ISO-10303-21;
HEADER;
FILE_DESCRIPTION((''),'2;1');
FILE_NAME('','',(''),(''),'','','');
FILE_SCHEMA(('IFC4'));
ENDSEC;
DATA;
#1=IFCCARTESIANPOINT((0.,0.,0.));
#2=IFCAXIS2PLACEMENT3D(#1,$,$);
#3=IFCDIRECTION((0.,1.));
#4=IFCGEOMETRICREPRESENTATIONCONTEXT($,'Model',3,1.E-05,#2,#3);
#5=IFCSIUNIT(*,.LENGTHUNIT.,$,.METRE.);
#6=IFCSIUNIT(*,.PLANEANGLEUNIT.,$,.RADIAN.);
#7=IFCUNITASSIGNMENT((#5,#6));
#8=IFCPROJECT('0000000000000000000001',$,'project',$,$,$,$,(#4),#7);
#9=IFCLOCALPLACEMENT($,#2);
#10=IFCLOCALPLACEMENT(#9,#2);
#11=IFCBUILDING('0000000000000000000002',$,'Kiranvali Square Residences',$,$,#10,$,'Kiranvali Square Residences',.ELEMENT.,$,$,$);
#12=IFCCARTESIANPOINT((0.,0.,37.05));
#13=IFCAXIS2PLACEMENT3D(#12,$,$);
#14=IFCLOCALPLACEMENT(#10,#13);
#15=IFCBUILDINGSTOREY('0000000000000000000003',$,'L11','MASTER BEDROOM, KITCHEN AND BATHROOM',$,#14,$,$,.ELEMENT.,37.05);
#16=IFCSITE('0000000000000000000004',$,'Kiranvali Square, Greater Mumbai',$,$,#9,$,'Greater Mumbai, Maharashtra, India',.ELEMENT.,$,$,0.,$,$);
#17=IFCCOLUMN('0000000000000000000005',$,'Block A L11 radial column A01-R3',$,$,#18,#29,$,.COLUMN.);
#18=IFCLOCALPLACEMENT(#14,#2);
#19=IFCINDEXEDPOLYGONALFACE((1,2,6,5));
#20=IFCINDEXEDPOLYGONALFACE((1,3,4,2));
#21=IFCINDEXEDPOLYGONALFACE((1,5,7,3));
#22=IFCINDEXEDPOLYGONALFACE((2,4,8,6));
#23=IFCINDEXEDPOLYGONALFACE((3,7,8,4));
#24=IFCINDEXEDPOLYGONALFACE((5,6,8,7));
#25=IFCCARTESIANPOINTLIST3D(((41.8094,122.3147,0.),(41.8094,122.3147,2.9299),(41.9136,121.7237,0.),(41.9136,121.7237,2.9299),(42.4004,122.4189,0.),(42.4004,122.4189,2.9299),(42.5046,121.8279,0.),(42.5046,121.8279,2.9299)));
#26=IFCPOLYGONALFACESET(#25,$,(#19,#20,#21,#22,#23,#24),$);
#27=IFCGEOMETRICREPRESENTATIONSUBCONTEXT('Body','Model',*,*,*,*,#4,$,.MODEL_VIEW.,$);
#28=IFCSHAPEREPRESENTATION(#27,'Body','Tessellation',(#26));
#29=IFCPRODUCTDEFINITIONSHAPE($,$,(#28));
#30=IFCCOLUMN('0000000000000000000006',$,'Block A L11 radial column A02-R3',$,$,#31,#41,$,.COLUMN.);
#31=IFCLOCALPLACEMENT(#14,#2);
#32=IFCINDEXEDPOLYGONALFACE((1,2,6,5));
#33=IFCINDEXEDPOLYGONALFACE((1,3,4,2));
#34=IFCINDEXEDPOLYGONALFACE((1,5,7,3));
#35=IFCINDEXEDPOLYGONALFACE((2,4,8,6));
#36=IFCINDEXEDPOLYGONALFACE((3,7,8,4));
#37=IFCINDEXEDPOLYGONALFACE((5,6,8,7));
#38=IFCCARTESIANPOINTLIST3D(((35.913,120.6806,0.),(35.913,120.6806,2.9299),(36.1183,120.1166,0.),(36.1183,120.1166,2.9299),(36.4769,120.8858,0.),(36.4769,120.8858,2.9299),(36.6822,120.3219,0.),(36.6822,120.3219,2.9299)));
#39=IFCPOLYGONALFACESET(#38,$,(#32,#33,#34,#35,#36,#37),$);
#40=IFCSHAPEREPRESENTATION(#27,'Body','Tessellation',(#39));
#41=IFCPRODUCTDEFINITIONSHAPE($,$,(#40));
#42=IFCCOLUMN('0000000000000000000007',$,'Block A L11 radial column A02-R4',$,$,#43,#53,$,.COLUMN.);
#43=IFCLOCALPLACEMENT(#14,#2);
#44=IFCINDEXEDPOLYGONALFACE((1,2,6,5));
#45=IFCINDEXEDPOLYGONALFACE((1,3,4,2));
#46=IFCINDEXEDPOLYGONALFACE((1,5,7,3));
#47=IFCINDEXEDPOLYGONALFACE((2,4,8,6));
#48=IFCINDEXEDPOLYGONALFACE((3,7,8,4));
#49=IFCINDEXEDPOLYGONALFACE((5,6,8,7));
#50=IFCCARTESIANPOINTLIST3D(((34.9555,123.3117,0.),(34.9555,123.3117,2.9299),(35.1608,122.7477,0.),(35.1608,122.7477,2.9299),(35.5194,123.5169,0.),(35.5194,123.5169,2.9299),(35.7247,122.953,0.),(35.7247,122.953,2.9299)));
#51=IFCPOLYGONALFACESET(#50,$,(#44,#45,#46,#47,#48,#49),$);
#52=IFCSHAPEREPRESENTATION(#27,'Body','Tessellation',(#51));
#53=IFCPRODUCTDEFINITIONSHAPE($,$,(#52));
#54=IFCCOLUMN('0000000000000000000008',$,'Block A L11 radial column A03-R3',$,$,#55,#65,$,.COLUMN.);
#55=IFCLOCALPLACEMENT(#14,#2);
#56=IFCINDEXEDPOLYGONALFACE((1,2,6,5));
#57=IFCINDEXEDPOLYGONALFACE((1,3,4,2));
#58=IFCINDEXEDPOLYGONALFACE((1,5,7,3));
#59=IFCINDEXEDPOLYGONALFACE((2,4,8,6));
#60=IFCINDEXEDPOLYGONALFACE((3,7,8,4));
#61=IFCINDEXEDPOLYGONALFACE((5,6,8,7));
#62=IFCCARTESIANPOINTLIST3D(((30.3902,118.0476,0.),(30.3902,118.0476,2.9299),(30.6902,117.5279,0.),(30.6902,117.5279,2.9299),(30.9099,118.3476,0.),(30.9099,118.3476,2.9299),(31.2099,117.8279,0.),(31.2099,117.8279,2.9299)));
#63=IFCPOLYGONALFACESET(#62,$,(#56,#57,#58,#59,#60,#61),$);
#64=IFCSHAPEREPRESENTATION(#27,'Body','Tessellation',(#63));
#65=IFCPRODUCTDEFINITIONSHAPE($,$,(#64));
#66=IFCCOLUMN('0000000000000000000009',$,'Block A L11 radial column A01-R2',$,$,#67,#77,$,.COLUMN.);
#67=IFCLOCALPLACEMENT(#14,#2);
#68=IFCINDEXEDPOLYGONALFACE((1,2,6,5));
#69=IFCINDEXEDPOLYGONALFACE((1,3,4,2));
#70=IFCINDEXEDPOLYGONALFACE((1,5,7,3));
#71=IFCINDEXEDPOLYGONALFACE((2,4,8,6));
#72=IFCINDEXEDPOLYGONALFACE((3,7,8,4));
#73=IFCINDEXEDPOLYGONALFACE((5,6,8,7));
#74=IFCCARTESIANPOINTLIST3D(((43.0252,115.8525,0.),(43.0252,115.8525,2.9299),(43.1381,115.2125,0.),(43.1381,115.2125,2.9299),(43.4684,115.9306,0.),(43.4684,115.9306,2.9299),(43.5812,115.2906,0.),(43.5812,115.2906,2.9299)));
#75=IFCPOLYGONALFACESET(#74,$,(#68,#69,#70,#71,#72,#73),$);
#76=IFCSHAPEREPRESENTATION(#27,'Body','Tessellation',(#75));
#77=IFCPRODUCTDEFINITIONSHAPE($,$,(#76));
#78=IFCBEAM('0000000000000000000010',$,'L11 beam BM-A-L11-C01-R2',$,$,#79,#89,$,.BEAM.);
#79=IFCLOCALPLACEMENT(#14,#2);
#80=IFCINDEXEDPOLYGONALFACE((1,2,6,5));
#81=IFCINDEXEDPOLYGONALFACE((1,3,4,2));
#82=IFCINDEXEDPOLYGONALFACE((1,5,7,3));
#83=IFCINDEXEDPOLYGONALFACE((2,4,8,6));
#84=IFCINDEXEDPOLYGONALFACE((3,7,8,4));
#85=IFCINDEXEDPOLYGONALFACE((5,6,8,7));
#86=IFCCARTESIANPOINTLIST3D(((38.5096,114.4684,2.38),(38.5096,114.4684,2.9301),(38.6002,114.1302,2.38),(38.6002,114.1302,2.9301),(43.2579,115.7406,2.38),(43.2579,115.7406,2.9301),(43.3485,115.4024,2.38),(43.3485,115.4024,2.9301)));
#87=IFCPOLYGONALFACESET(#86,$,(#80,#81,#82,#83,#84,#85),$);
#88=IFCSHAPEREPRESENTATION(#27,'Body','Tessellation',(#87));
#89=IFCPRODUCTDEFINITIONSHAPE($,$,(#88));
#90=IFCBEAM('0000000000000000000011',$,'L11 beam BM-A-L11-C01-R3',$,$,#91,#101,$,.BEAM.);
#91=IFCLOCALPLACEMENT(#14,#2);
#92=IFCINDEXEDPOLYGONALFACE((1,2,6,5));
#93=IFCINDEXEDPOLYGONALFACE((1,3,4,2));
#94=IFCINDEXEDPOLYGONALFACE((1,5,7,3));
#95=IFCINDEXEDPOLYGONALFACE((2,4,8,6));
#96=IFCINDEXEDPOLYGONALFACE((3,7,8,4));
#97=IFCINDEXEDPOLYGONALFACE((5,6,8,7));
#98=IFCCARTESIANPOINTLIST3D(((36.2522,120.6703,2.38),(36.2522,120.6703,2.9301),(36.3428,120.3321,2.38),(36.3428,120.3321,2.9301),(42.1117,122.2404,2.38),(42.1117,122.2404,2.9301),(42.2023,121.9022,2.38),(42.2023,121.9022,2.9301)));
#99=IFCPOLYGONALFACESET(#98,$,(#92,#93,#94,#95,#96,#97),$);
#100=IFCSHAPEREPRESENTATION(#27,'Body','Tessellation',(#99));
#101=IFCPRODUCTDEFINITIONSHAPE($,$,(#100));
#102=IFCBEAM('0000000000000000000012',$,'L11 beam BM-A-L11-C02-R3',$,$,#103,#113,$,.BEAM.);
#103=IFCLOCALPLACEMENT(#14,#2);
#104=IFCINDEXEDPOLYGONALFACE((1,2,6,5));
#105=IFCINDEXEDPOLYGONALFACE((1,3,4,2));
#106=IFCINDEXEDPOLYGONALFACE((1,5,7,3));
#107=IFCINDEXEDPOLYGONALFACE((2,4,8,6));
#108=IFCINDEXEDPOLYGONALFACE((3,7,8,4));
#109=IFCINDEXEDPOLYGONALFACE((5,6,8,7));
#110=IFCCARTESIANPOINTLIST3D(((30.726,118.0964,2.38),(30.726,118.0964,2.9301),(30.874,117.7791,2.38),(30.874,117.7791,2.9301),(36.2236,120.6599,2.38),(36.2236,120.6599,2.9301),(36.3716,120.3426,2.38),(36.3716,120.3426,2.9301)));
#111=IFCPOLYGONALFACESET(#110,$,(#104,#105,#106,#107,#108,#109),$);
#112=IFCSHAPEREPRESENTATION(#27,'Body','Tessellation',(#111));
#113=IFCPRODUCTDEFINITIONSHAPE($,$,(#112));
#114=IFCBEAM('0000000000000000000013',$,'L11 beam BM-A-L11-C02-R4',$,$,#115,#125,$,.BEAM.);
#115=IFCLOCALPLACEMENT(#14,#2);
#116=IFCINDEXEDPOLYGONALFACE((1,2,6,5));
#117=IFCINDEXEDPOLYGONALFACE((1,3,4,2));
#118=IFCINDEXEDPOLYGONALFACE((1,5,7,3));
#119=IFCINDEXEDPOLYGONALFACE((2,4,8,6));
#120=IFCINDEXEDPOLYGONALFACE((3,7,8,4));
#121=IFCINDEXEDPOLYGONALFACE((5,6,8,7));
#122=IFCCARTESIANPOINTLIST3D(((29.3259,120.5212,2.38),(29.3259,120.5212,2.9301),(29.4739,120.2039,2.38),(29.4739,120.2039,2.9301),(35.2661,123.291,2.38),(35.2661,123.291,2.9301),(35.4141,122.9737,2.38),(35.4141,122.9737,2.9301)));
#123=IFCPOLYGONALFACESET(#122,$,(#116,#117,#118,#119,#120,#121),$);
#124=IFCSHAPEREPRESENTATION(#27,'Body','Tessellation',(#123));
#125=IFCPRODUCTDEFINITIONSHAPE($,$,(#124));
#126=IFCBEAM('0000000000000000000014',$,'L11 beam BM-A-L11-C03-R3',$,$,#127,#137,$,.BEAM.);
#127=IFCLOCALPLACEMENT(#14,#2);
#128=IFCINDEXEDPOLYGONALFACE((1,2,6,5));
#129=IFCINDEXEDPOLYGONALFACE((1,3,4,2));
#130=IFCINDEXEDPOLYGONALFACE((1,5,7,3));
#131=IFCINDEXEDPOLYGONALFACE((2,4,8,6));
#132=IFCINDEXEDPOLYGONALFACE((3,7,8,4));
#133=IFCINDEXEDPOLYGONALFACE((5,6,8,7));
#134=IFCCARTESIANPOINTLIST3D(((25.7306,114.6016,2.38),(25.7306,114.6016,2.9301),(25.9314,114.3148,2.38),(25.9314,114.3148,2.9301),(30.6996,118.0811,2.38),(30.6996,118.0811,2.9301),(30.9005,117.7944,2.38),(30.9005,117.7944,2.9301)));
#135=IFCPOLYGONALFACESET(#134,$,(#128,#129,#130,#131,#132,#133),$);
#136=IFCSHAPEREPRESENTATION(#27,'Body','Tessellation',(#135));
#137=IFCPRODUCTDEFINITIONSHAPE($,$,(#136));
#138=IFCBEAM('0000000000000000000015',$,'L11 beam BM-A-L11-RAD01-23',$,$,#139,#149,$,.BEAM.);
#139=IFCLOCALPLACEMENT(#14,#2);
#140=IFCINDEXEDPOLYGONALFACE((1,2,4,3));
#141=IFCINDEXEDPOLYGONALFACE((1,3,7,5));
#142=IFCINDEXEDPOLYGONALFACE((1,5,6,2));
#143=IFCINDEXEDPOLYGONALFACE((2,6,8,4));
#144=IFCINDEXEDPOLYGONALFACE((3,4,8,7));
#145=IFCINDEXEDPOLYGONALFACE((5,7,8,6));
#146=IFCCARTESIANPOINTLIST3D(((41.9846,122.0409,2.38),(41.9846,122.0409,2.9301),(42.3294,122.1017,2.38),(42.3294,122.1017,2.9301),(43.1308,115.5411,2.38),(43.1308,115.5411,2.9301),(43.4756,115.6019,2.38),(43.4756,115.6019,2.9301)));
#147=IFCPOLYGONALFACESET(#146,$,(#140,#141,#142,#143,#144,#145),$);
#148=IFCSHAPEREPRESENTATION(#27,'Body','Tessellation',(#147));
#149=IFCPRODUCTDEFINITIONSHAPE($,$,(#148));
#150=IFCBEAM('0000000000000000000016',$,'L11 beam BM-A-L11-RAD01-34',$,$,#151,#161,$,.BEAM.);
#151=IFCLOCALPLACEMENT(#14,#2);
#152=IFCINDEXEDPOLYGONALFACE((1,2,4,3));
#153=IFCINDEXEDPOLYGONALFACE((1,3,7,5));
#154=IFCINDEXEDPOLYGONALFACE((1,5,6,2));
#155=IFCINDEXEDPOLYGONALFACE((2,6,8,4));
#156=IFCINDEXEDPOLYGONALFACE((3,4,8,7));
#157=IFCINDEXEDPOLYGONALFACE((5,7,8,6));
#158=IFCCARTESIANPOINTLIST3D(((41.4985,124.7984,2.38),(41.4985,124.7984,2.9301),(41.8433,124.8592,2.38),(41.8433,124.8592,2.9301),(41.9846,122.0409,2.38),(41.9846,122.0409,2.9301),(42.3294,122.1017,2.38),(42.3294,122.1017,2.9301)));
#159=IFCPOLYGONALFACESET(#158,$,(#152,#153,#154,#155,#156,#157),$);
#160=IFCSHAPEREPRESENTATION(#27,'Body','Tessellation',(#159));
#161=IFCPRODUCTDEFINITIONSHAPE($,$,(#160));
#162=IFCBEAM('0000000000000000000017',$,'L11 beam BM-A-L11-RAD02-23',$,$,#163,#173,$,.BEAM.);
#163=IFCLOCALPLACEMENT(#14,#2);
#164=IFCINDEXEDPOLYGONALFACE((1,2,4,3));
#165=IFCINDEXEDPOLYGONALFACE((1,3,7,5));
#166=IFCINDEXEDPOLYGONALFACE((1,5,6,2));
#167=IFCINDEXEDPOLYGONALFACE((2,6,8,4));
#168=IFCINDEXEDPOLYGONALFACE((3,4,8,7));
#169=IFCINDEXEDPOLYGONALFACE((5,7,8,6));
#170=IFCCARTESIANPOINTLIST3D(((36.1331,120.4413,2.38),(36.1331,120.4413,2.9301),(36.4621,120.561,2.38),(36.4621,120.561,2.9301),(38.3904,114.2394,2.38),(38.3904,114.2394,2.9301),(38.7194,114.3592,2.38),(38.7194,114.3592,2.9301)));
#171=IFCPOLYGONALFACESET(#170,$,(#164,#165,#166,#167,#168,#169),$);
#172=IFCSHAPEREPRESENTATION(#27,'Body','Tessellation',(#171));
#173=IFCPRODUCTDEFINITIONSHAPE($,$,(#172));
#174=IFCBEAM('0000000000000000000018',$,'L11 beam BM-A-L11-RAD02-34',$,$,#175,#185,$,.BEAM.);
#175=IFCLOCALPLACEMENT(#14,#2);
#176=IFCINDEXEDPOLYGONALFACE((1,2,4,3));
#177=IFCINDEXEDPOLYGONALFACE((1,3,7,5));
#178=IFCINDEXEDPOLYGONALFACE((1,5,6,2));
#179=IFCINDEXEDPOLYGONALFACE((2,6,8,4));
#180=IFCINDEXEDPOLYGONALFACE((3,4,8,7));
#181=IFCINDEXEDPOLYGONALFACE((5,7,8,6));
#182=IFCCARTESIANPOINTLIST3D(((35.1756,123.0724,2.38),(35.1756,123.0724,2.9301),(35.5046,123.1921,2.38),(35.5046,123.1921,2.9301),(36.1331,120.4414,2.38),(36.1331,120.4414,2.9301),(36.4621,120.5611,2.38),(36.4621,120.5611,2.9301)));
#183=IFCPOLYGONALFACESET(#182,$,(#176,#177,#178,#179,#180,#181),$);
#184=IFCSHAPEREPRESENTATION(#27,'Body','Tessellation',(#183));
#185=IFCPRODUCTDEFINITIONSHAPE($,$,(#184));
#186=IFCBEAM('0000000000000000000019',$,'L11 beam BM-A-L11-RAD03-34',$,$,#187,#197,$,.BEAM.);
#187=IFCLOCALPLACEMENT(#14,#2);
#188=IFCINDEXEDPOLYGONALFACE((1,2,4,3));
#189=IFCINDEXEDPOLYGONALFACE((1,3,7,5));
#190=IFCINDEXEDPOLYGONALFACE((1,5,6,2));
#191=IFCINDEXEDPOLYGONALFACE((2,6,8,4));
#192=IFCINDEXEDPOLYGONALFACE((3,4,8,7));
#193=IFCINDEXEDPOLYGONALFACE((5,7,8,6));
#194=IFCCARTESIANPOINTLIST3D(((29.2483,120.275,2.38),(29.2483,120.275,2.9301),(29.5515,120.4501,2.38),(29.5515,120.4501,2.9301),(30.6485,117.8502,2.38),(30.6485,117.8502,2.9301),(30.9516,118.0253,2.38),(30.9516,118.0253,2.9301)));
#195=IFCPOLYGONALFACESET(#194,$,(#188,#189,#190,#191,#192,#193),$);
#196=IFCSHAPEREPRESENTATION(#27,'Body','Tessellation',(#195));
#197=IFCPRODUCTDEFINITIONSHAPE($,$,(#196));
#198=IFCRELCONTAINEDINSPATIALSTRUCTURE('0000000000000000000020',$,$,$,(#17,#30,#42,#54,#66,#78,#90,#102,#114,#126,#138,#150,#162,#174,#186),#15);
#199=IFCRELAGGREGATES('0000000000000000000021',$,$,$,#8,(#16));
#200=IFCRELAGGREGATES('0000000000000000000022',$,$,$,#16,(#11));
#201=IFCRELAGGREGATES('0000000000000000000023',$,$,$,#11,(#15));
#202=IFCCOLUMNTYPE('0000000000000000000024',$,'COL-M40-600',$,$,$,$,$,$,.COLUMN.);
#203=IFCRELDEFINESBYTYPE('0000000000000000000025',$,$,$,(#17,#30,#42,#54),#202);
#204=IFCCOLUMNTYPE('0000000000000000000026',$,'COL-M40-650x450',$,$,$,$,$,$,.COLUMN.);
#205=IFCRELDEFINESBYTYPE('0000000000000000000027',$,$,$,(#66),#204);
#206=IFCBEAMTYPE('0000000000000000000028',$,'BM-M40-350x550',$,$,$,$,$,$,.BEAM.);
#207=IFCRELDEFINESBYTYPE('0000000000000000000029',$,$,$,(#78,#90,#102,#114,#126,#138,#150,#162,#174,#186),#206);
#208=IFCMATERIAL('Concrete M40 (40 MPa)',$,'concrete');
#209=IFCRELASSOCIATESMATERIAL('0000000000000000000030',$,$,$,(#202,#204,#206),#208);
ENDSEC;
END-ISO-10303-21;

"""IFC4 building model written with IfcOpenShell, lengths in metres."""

from ifc_helpers import new_model, si_unit, direction, frame, origin, origin_2d, place, context, subcontext, project, spatial, rectangle, extrude, material, material_profile, profile_set, type_object, element, save


model = new_model("IFC4")

# Units and contexts
model_context = context("Model", 3, precision=1e-05, world=origin(), true_north=direction((0.0, 1.0)))
body_context = subcontext(model_context, "Body", "Model", "MODEL_VIEW")
ifc_project = project(units=[si_unit("LENGTHUNIT", "METRE"), si_unit("PLANEANGLEUNIT", "RADIAN")], contexts=[model_context])

# Site, building, storey
site_placement = place(None, origin())
site = spatial("IfcSite", under=ifc_project, at=site_placement, Name="Kiranvali Square, Greater Mumbai", LongName="Greater Mumbai, Maharashtra, India", CompositionType="ELEMENT", RefElevation=0.0)
building_placement = place(site_placement, origin())
building = spatial("IfcBuilding", under=site, at=building_placement, Name="Kiranvali Square Residences", LongName="Kiranvali Square Residences", CompositionType="ELEMENT")
storey_placement = place(building_placement, frame((0.0, 0.0, 37.05)))
storey = spatial("IfcBuildingStorey", under=building, at=storey_placement, Name="L11", Description="MASTER BEDROOM, KITCHEN AND BATHROOM", CompositionType="ELEMENT", Elevation=37.05)

# Columns
ifc_material_1 = material(Name="Concrete M40 (40 MPa)", Category="concrete")
ifc_material_profile_1 = material_profile(ifc_material_1, rectangle(XDim=0.6001, YDim=0.6001, at=origin_2d()), Name="RC 600x600")
ifc_profile_set_1 = profile_set([ifc_material_profile_1], Name="Concrete M40 (40 MPa)")
column_type_1 = type_object("IfcColumnType", Name="COL-M40-600", PredefinedType="COLUMN", material=ifc_profile_set_1)
for number, where, z_axis, x_axis, name in (
    (1, (42.157, 122.0713, 0.0), (0.0, 0.0, 1.0), (0.984808, 0.173648, 0.0), "Block A L11 radial column A01-R3"),
    (2, (36.2976, 120.5012, 0.0), (0.0, 0.0, 1.0), (0.939693, 0.34202, 0.0), "Block A L11 radial column A02-R3"),
    (3, (35.3401, 123.1323, 0.0), (0.0, 0.0, 1.0), (0.939693, 0.34202, 0.0), "Block A L11 radial column A02-R4"),
    (4, (30.8, 117.9377, 0.0), (0.0, 0.0, 1.0), (0.866025, 0.5, 0.0), "Block A L11 radial column A03-R3"),
):
    element("IfcColumn", number, at=place(storey_placement, frame(where, z_axis=z_axis, x_axis=x_axis)), inside=storey, type_object=column_type_1, Name=name, PredefinedType="COLUMN", context=body_context, shape_type="SweptSolid", body=[
        extrude(rectangle(XDim=0.6001, YDim=0.6001, at=origin_2d()), origin(), (0.0, 0.0, 1.0), 2.9299),
    ])
ifc_material_profile_2 = material_profile(ifc_material_1, rectangle(XDim=0.45, YDim=0.6499, at=origin_2d()), Name="RC 650x450")
ifc_profile_set_2 = profile_set([ifc_material_profile_2], Name="Concrete M40 (40 MPa)")
column_type_2 = type_object("IfcColumnType", Name="COL-M40-650x450", PredefinedType="COLUMN", material=ifc_profile_set_2)
column_placement = place(storey_placement, frame((43.3032, 115.5715, 0.0), z_axis=(0.0, 0.0, 1.0), x_axis=(0.984808, 0.173648, 0.0)))
element("IfcColumn", 5, at=column_placement, inside=storey, type_object=column_type_2, Name="Block A L11 radial column A01-R2", PredefinedType="COLUMN", context=body_context, shape_type="SweptSolid", body=[
    extrude(rectangle(XDim=0.45, YDim=0.6499, at=origin_2d()), origin(), (0.0, 0.0, 1.0), 2.9299),
])

# Beams
ifc_material_profile_3 = material_profile(ifc_material_1, rectangle(XDim=0.3501, YDim=0.55, at=origin_2d()), Name="RC 350x550")
ifc_profile_set_3 = profile_set([ifc_material_profile_3], Name="Concrete M40 (40 MPa)")
beam_type = type_object("IfcBeamType", Name="BM-M40-350x550", PredefinedType="BEAM", material=ifc_profile_set_3)
beam_1_placement = place(storey_placement, frame((43.3032, 115.5715, 2.655), z_axis=(-0.96593, -0.258803, 0.0), x_axis=(0.258803, -0.96593, 0.0)))
element("IfcBeam", 6, at=beam_1_placement, inside=storey, type_object=beam_type, Name="L11 beam BM-A-L11-C01-R2", PredefinedType="BEAM", context=body_context, shape_type="SweptSolid", body=[
    extrude(rectangle(XDim=0.3501, YDim=0.55, at=origin_2d()), origin(), (0.0, 0.0, 1.0), 4.9158),
])
beam_2_placement = place(storey_placement, frame((42.157, 122.0713, 2.655), z_axis=(-0.965924, -0.258827, 0.0), x_axis=(0.258827, -0.965924, 0.0)))
element("IfcBeam", 7, at=beam_2_placement, inside=storey, type_object=beam_type, Name="L11 beam BM-A-L11-C01-R3", PredefinedType="BEAM", context=body_context, shape_type="SweptSolid", body=[
    extrude(rectangle(XDim=0.3501, YDim=0.55, at=origin_2d()), origin(), (0.0, 0.0, 1.0), 6.0662),
])
beam_3_placement = place(storey_placement, frame((36.2976, 120.5012, 2.655), z_axis=(-0.906313, -0.422608, 0.0), x_axis=(0.422608, -0.906313, 0.0)))
element("IfcBeam", 8, at=beam_3_placement, inside=storey, type_object=beam_type, Name="L11 beam BM-A-L11-C02-R3", PredefinedType="BEAM", context=body_context, shape_type="SweptSolid", body=[
    extrude(rectangle(XDim=0.3501, YDim=0.55, at=origin_2d()), origin(), (0.0, 0.0, 1.0), 6.0659),
])
beam_4_placement = place(storey_placement, frame((35.3401, 123.1323, 2.655), z_axis=(-0.906318, -0.422596, 0.0), x_axis=(0.422596, -0.906318, 0.0)))
element("IfcBeam", 9, at=beam_4_placement, inside=storey, type_object=beam_type, Name="L11 beam BM-A-L11-C02-R4", PredefinedType="BEAM", context=body_context, shape_type="SweptSolid", body=[
    extrude(rectangle(XDim=0.3501, YDim=0.55, at=origin_2d()), origin(), (0.0, 0.0, 1.0), 6.5542),
])
beam_5_placement = place(storey_placement, frame((30.8, 117.9377, 2.655), z_axis=(-0.819139, -0.573595, 0.0), x_axis=(0.573595, -0.819139, 0.0)))
element("IfcBeam", 10, at=beam_5_placement, inside=storey, type_object=beam_type, Name="L11 beam BM-A-L11-C03-R3", PredefinedType="BEAM", context=body_context, shape_type="SweptSolid", body=[
    extrude(rectangle(XDim=0.3501, YDim=0.55, at=origin_2d()), origin(), (0.0, 0.0, 1.0), 6.0662),
])
beam_6_placement = place(storey_placement, frame((43.3032, 115.5715, 2.655), z_axis=(-0.173671, 0.984804, 0.0), x_axis=(-0.984804, -0.173671, 0.0)))
element("IfcBeam", 11, at=beam_6_placement, inside=storey, type_object=beam_type, Name="L11 beam BM-A-L11-RAD01-23", PredefinedType="BEAM", context=body_context, shape_type="SweptSolid", body=[
    extrude(rectangle(XDim=0.3501, YDim=0.55, at=origin_2d()), origin(), (0.0, 0.0, 1.0), 6.6001),
])
beam_7_placement = place(storey_placement, frame((42.157, 122.0713, 2.655), z_axis=(-0.173596, 0.984817, 0.0), x_axis=(-0.984817, -0.173596, 0.0)))
element("IfcBeam", 12, at=beam_7_placement, inside=storey, type_object=beam_type, Name="L11 beam BM-A-L11-RAD01-34", PredefinedType="BEAM", context=body_context, shape_type="SweptSolid", body=[
    extrude(rectangle(XDim=0.3501, YDim=0.55, at=origin_2d()), origin(), (0.0, 0.0, 1.0), 2.8),
])
beam_8_placement = place(storey_placement, frame((38.5549, 114.2993, 2.655), z_axis=(-0.342022, 0.939692, 0.0), x_axis=(-0.939692, -0.342022, 0.0)))
element("IfcBeam", 13, at=beam_8_placement, inside=storey, type_object=beam_type, Name="L11 beam BM-A-L11-RAD02-23", PredefinedType="BEAM", context=body_context, shape_type="SweptSolid", body=[
    extrude(rectangle(XDim=0.3501, YDim=0.55, at=origin_2d()), origin(), (0.0, 0.0, 1.0), 6.5999),
])
beam_9_placement = place(storey_placement, frame((36.2976, 120.5012, 2.655), z_axis=(-0.341981, 0.939707, 0.0), x_axis=(-0.939707, -0.341981, 0.0)))
element("IfcBeam", 14, at=beam_9_placement, inside=storey, type_object=beam_type, Name="L11 beam BM-A-L11-RAD02-34", PredefinedType="BEAM", context=body_context, shape_type="SweptSolid", body=[
    extrude(rectangle(XDim=0.3501, YDim=0.55, at=origin_2d()), origin(), (0.0, 0.0, 1.0), 2.7998),
])
beam_10_placement = place(storey_placement, frame((30.8, 117.9377, 2.655), z_axis=(-0.50005, 0.865997, 0.0), x_axis=(-0.865997, -0.50005, 0.0)))
element("IfcBeam", 15, at=beam_10_placement, inside=storey, type_object=beam_type, Name="L11 beam BM-A-L11-RAD03-34", PredefinedType="BEAM", context=body_context, shape_type="SweptSolid", body=[
    extrude(rectangle(XDim=0.3501, YDim=0.55, at=origin_2d()), origin(), (0.0, 0.0, 1.0), 2.8),
])

save(model, "model.ifc")
